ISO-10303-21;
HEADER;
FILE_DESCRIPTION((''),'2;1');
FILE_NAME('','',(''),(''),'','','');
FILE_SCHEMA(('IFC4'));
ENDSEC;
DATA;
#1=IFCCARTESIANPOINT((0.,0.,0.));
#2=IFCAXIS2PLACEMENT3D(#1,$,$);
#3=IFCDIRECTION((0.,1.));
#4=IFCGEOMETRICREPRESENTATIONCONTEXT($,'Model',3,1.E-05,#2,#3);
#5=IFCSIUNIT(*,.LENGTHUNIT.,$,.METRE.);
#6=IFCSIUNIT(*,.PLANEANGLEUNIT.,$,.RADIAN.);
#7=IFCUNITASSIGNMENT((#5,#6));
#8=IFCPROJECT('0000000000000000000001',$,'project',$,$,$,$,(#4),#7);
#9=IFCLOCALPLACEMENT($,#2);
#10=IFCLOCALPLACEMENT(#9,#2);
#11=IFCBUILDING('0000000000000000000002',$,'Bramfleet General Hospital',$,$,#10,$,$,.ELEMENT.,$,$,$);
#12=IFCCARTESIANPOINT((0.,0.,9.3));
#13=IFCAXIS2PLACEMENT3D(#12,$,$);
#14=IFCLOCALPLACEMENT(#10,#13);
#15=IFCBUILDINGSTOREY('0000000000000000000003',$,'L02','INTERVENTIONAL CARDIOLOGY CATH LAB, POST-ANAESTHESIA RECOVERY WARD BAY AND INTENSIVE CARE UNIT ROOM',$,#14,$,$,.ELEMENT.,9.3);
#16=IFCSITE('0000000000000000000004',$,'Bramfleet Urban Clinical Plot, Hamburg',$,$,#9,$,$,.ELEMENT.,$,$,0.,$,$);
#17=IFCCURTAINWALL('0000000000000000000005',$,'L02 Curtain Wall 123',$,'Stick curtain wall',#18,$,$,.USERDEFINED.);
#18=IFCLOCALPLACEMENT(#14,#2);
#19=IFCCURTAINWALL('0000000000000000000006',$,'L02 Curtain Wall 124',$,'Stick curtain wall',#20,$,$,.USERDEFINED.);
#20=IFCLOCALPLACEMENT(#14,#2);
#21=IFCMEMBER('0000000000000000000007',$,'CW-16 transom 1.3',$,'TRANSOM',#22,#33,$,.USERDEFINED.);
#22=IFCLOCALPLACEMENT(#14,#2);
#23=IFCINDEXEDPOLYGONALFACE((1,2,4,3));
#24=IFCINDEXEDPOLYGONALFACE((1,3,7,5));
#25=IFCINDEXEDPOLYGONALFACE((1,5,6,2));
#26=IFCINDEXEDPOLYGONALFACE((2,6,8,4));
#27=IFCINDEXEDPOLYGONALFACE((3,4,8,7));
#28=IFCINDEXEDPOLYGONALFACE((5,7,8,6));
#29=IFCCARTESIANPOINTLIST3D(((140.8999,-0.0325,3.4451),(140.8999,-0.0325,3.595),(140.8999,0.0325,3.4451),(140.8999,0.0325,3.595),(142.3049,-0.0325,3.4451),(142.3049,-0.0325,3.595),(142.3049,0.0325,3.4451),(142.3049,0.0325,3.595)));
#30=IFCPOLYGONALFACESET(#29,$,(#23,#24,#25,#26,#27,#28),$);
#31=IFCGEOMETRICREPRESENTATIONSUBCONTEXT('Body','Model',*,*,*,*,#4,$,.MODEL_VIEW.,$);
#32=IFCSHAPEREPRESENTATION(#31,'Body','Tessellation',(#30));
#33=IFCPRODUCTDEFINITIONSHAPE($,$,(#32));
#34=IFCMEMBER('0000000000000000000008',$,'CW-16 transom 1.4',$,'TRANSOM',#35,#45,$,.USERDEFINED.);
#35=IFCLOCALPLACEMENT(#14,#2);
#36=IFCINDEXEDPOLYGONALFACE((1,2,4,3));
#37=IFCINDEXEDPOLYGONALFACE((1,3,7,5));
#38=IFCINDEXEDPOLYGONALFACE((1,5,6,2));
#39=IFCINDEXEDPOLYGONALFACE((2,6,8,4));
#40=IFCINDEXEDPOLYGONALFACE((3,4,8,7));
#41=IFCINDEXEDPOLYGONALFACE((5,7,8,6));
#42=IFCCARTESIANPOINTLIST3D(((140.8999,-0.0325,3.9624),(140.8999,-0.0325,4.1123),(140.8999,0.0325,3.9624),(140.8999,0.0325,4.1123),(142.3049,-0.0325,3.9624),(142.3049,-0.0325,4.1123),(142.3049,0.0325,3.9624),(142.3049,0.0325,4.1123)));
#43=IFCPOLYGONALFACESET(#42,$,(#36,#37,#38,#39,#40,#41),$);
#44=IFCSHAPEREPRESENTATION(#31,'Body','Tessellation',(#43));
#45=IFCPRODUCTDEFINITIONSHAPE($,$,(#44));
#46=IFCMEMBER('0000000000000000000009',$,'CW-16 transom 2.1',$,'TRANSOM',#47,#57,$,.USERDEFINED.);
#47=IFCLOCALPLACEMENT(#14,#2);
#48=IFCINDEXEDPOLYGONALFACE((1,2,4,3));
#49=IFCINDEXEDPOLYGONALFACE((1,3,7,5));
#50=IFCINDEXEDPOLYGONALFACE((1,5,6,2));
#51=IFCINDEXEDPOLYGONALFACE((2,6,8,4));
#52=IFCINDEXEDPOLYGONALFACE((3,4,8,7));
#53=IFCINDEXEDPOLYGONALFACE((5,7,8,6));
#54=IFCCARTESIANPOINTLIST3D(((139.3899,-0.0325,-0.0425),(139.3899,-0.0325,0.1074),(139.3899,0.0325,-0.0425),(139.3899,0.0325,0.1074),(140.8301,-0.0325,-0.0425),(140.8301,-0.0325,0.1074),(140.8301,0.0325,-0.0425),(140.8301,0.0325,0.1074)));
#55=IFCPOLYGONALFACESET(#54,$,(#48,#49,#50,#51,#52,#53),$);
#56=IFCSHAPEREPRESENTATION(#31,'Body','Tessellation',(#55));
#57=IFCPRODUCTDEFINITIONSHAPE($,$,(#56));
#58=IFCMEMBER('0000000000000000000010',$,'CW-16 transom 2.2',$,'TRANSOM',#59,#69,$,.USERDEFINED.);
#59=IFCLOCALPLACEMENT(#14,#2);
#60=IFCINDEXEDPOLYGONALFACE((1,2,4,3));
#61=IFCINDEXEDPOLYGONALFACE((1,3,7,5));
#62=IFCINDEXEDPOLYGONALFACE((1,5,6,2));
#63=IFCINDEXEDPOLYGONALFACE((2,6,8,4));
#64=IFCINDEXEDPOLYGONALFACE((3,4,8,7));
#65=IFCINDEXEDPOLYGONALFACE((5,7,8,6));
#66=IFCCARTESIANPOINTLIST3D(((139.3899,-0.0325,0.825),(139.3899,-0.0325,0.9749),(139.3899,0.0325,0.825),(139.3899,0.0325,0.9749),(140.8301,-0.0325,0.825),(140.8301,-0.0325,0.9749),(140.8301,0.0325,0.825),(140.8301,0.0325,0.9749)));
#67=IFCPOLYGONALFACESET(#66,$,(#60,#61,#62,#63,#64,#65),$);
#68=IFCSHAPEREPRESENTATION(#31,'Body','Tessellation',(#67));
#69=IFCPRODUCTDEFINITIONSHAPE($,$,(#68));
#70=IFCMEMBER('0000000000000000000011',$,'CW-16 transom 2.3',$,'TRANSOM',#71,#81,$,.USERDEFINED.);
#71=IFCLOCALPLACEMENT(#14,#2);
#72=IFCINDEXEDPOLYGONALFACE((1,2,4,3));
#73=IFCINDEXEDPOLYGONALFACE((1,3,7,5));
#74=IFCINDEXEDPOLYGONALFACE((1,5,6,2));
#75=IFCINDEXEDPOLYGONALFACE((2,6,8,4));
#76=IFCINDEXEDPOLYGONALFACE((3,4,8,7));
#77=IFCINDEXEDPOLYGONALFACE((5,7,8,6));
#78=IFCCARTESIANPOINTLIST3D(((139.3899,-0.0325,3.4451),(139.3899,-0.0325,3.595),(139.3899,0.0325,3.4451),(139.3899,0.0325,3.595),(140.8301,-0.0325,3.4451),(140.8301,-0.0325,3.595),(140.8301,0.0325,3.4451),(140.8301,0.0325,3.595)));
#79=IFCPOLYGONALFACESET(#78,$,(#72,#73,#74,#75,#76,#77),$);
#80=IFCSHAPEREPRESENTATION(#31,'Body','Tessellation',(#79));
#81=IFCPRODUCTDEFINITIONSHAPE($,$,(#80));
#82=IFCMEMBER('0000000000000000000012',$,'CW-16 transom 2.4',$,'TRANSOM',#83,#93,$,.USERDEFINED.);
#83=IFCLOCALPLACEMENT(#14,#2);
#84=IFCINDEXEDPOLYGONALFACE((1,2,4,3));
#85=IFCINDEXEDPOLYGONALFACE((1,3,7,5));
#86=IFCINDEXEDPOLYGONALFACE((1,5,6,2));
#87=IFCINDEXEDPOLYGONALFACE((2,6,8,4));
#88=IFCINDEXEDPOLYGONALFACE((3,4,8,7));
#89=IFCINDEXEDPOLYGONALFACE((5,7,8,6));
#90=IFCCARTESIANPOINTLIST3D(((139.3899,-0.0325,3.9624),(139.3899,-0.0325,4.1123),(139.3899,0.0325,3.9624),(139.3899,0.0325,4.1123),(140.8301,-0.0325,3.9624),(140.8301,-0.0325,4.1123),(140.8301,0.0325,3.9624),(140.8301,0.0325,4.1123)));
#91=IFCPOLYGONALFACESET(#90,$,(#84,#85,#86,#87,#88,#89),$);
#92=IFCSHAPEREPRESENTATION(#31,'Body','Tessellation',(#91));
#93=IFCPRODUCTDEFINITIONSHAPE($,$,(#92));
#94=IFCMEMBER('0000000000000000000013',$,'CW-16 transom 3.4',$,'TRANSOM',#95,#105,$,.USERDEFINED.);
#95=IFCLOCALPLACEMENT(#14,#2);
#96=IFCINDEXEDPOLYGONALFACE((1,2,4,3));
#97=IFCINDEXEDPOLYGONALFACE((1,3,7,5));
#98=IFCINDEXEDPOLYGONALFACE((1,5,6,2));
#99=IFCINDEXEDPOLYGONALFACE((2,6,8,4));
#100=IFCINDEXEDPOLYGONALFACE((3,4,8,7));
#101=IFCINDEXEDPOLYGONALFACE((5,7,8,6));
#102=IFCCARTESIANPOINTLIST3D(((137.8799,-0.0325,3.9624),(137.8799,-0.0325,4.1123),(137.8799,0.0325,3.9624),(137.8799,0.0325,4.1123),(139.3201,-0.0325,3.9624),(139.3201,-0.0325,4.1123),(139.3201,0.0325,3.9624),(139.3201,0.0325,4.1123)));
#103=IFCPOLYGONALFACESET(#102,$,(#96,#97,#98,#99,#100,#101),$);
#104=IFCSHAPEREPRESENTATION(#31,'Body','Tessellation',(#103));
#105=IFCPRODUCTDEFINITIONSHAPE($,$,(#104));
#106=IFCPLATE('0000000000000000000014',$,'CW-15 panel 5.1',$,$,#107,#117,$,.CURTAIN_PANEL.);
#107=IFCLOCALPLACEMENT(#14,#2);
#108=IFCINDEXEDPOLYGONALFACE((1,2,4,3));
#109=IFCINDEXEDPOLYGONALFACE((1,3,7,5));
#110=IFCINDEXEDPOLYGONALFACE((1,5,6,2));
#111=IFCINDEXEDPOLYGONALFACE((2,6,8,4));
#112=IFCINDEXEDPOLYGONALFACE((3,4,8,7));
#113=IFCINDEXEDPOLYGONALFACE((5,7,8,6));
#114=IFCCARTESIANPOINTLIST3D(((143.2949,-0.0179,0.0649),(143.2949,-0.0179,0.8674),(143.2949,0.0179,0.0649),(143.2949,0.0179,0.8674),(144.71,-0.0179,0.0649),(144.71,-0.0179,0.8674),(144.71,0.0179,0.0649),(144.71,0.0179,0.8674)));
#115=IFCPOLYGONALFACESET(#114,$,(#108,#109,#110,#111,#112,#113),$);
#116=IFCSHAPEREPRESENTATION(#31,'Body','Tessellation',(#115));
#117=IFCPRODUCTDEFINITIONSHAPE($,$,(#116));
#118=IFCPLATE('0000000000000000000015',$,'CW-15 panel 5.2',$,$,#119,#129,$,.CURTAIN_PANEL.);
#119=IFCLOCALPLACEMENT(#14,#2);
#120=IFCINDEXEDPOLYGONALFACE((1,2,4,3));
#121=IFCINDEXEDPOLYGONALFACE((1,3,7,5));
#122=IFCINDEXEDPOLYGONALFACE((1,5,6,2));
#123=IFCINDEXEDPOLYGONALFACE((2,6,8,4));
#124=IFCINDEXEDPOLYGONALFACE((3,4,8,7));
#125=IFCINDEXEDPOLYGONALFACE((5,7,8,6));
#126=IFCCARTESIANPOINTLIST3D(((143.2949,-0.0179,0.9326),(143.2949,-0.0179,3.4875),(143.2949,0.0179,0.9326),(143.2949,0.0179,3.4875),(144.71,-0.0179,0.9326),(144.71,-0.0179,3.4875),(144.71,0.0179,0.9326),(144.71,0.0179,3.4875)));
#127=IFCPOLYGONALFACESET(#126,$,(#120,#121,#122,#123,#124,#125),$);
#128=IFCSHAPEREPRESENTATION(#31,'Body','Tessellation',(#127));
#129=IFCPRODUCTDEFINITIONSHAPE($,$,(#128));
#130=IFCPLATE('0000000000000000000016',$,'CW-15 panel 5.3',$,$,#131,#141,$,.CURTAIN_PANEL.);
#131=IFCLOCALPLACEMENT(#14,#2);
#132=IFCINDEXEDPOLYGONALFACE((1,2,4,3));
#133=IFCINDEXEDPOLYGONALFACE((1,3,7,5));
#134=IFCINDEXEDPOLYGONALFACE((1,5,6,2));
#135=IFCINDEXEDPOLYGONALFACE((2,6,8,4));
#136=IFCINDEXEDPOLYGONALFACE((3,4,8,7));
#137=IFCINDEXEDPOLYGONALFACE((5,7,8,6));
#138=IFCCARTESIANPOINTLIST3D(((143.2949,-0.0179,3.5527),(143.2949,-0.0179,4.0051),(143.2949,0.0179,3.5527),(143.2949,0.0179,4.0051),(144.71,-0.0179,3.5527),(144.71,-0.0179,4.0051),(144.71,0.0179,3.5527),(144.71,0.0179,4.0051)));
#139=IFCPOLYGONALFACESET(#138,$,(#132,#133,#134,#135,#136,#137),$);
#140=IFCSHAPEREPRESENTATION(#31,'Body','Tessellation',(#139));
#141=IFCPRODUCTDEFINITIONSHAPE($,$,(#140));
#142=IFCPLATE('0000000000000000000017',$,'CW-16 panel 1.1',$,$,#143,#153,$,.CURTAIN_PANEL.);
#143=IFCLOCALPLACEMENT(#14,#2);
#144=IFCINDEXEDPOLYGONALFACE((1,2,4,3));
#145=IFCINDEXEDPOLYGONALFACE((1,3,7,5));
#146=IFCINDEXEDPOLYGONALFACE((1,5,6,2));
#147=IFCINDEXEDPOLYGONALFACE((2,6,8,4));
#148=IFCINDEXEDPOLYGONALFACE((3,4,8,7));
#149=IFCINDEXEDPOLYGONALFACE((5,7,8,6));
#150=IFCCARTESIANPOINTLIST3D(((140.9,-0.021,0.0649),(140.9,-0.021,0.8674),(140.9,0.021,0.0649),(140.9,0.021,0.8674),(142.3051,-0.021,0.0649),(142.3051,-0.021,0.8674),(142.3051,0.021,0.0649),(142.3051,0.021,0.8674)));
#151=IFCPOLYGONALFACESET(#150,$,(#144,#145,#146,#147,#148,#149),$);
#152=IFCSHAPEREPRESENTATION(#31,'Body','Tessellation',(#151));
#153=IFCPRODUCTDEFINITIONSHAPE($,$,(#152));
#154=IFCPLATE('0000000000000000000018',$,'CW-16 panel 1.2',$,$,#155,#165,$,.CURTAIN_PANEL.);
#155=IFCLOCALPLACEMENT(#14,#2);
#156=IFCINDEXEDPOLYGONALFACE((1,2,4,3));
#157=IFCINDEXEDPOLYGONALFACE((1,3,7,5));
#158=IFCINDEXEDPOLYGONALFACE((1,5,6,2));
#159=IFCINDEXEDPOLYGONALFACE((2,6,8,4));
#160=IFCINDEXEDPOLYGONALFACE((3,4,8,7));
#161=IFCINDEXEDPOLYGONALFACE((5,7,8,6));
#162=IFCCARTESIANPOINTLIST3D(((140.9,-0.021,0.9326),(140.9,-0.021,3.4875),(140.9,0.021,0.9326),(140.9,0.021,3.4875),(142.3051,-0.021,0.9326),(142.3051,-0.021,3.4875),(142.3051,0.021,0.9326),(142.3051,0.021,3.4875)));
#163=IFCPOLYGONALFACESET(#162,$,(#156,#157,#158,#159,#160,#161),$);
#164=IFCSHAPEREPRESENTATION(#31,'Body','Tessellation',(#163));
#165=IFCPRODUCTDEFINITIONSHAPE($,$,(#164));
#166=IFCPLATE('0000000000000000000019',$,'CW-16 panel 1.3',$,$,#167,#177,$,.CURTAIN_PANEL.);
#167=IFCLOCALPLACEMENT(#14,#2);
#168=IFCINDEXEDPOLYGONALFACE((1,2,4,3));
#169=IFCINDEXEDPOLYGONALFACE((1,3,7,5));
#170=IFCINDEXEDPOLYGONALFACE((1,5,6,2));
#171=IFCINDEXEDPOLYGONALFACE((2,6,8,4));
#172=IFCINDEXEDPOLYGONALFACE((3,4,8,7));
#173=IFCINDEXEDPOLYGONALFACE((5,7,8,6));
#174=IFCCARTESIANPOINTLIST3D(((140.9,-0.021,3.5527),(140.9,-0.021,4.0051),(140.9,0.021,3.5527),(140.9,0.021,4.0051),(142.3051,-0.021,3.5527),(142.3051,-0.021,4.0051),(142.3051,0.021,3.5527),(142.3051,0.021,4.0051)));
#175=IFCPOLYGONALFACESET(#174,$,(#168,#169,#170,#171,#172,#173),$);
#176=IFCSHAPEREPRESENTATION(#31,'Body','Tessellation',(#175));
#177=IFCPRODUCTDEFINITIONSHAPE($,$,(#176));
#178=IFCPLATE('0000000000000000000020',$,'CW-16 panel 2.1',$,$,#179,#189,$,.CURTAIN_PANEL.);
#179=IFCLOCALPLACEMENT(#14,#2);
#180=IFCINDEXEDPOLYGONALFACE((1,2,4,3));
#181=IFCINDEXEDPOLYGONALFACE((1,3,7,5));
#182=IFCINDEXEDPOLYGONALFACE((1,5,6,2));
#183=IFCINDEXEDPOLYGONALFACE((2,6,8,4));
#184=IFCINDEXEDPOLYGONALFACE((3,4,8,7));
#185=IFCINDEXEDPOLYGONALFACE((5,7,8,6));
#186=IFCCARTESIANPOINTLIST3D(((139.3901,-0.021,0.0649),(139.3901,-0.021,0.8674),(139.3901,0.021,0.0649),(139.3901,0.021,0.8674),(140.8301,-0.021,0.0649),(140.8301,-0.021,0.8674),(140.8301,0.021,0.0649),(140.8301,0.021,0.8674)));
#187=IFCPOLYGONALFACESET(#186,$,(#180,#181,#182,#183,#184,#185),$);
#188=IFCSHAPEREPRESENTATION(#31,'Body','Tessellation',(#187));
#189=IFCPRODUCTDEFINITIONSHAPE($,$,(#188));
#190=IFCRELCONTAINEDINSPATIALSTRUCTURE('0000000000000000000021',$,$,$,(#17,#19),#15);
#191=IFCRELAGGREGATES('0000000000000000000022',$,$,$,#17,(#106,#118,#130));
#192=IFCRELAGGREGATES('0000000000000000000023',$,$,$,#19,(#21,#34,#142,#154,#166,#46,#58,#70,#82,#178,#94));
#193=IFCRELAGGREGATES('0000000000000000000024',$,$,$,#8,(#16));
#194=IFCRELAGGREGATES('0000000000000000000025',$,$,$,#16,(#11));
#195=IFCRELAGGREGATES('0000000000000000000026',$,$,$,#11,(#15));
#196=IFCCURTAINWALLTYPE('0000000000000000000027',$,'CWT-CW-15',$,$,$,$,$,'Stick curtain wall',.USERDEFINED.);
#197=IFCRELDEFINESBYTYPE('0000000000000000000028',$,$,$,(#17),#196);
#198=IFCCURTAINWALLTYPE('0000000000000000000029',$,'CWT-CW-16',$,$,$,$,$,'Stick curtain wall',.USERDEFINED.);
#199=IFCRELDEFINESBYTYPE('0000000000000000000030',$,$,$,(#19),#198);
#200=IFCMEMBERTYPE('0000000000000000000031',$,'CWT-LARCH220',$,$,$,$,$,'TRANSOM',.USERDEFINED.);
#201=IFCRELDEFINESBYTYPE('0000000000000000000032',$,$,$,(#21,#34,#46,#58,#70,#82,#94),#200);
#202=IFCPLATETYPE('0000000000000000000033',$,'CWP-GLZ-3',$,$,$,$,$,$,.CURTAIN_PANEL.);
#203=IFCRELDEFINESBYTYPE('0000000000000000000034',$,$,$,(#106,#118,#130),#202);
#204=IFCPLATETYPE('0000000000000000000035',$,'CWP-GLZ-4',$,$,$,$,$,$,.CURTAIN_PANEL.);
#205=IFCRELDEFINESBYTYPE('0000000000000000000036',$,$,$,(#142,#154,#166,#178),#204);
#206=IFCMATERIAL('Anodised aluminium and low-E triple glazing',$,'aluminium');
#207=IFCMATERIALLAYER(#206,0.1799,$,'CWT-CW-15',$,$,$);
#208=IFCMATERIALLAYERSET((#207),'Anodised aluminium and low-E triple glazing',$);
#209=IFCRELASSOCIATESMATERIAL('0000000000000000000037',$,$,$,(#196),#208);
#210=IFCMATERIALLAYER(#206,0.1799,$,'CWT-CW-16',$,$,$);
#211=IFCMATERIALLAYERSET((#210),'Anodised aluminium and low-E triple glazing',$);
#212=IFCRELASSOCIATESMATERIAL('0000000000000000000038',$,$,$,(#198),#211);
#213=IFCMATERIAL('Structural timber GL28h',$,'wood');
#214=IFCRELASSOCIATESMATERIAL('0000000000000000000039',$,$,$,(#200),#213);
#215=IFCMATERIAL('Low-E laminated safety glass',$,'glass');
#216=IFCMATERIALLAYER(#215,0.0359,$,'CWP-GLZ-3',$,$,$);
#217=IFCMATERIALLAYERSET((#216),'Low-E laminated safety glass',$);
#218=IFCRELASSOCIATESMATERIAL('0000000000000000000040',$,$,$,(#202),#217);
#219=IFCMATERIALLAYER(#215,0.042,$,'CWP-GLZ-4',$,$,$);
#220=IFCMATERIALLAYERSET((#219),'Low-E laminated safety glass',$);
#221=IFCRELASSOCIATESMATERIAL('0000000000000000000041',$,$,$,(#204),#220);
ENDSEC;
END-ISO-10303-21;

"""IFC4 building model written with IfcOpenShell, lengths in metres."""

from ifc_helpers import new_model, si_unit, direction, frame, origin, origin_2d, place, context, subcontext, project, spatial, rectangle, extrude, material, layer, layer_set, material_profile, profile_set, type_object, element, aggregate, save


model = new_model("IFC4")

# Units and contexts
model_context = context("Model", 3, precision=1e-05, world=origin(), true_north=direction((0.0, 1.0)))
body_context = subcontext(model_context, "Body", "Model", "MODEL_VIEW")
ifc_project = project(units=[si_unit("LENGTHUNIT", "METRE"), si_unit("PLANEANGLEUNIT", "RADIAN")], contexts=[model_context])

# Site, building, storey
site_placement = place(None, origin())
site = spatial("IfcSite", under=ifc_project, at=site_placement, Name="Bramfleet Urban Clinical Plot, Hamburg", CompositionType="ELEMENT", RefElevation=0.0)
building_placement = place(site_placement, origin())
building = spatial("IfcBuilding", under=site, at=building_placement, Name="Bramfleet General Hospital", CompositionType="ELEMENT")
storey_placement = place(building_placement, frame((0.0, 0.0, 9.3)))
storey = spatial("IfcBuildingStorey", under=building, at=storey_placement, Name="L02", Description="INTERVENTIONAL CARDIOLOGY CATH LAB, POST-ANAESTHESIA RECOVERY WARD BAY AND INTENSIVE CARE UNIT ROOM", CompositionType="ELEMENT", Elevation=9.3)

# Curtain walls
ifc_material_1 = material(Name="Anodised aluminium and low-E triple glazing", Category="aluminium")
ifc_layer_1 = layer(ifc_material_1, 0.1799, Name="CWT-CW-15")
ifc_layer_set_1 = layer_set([ifc_layer_1], Name="Anodised aluminium and low-E triple glazing")
curtain_wall_type_1 = type_object("IfcCurtainWallType", Name="CWT-CW-15", ElementType="Stick curtain wall", PredefinedType="USERDEFINED", material=ifc_layer_set_1)
curtain_wall_1_placement = place(storey_placement, origin())
curtain_wall_1 = element("IfcCurtainWall", 1, at=curtain_wall_1_placement, inside=storey, type_object=curtain_wall_type_1, Name="L02 Curtain Wall 123", ObjectType="Stick curtain wall", PredefinedType="USERDEFINED")
ifc_material_2 = material(Name="Structural timber GL28h", Category="wood")
ifc_layer_2 = layer(ifc_material_1, 0.1799, Name="CWT-CW-16")
ifc_layer_set_2 = layer_set([ifc_layer_2], Name="Anodised aluminium and low-E triple glazing")
curtain_wall_type_2 = type_object("IfcCurtainWallType", Name="CWT-CW-16", ElementType="Stick curtain wall", PredefinedType="USERDEFINED", material=ifc_layer_set_2)
curtain_wall_2_placement = place(storey_placement, origin())
curtain_wall_2 = element("IfcCurtainWall", 2, at=curtain_wall_2_placement, inside=storey, type_object=curtain_wall_type_2, Name="L02 Curtain Wall 124", ObjectType="Stick curtain wall", PredefinedType="USERDEFINED")

# Members
ifc_material_profile_1 = material_profile(ifc_material_2, rectangle(XDim=0.0649, YDim=0.1499, at=origin_2d()), Name="LARCH 150x65")
ifc_profile_set_1 = profile_set([ifc_material_profile_1], Name="Structural timber GL28h")
member_type_1 = type_object("IfcMemberType", Name="CWT-LARCH220", ElementType="TRANSOM", PredefinedType="USERDEFINED", material=ifc_profile_set_1)
member_1_placement = place(storey_placement, frame((142.3049, 0.0, 3.52), z_axis=(-1.0, 0.0, 0.0), x_axis=(0.0, -1.0, 0.0)))
member_1 = element("IfcMember", 3, at=member_1_placement, type_object=member_type_1, Name="CW-16 transom 1.3", ObjectType="TRANSOM", PredefinedType="USERDEFINED", context=body_context, shape_type="SweptSolid", body=[
    extrude(rectangle(XDim=0.0649, YDim=0.1499, at=origin_2d()), origin(), (0.0, 0.0, 1.0), 1.405),
])
member_2_placement = place(storey_placement, frame((142.3049, 0.0, 4.0374), z_axis=(-1.0, 0.0, 0.0), x_axis=(0.0, -1.0, 0.0)))
member_2 = element("IfcMember", 4, at=member_2_placement, type_object=member_type_1, Name="CW-16 transom 1.4", ObjectType="TRANSOM", PredefinedType="USERDEFINED", context=body_context, shape_type="SweptSolid", body=[
    extrude(rectangle(XDim=0.0649, YDim=0.1499, at=origin_2d()), origin(), (0.0, 0.0, 1.0), 1.405),
])
member_3_placement = place(storey_placement, frame((140.8301, 0.0, 0.0325), z_axis=(-1.0, 0.0, 0.0), x_axis=(0.0, -1.0, 0.0)))
member_3 = element("IfcMember", 5, at=member_3_placement, type_object=member_type_1, Name="CW-16 transom 2.1", ObjectType="TRANSOM", PredefinedType="USERDEFINED", context=body_context, shape_type="SweptSolid", body=[
    extrude(rectangle(XDim=0.0649, YDim=0.1499, at=origin_2d()), origin(), (0.0, 0.0, 1.0), 1.4402),
])
member_4_placement = place(storey_placement, frame((140.8301, 0.0, 0.8999), z_axis=(-1.0, 0.0, 0.0), x_axis=(0.0, -1.0, 0.0)))
member_4 = element("IfcMember", 6, at=member_4_placement, type_object=member_type_1, Name="CW-16 transom 2.2", ObjectType="TRANSOM", PredefinedType="USERDEFINED", context=body_context, shape_type="SweptSolid", body=[
    extrude(rectangle(XDim=0.0649, YDim=0.1499, at=origin_2d()), origin(), (0.0, 0.0, 1.0), 1.4402),
])
member_5_placement = place(storey_placement, frame((140.8301, 0.0, 3.52), z_axis=(-1.0, 0.0, 0.0), x_axis=(0.0, -1.0, 0.0)))
member_5 = element("IfcMember", 7, at=member_5_placement, type_object=member_type_1, Name="CW-16 transom 2.3", ObjectType="TRANSOM", PredefinedType="USERDEFINED", context=body_context, shape_type="SweptSolid", body=[
    extrude(rectangle(XDim=0.0649, YDim=0.1499, at=origin_2d()), origin(), (0.0, 0.0, 1.0), 1.4402),
])
member_6_placement = place(storey_placement, frame((140.8301, 0.0, 4.0374), z_axis=(-1.0, 0.0, 0.0), x_axis=(0.0, -1.0, 0.0)))
member_6 = element("IfcMember", 8, at=member_6_placement, type_object=member_type_1, Name="CW-16 transom 2.4", ObjectType="TRANSOM", PredefinedType="USERDEFINED", context=body_context, shape_type="SweptSolid", body=[
    extrude(rectangle(XDim=0.0649, YDim=0.1499, at=origin_2d()), origin(), (0.0, 0.0, 1.0), 1.4402),
])
member_7_placement = place(storey_placement, frame((139.3201, 0.0, 4.0374), z_axis=(-1.0, 0.0, 0.0), x_axis=(0.0, -1.0, 0.0)))
member_7 = element("IfcMember", 9, at=member_7_placement, type_object=member_type_1, Name="CW-16 transom 3.4", ObjectType="TRANSOM", PredefinedType="USERDEFINED", context=body_context, shape_type="SweptSolid", body=[
    extrude(rectangle(XDim=0.0649, YDim=0.1499, at=origin_2d()), origin(), (0.0, 0.0, 1.0), 1.4402),
])

# Plates
ifc_material_3 = material(Name="Low-E laminated safety glass", Category="glass")
ifc_layer_3 = layer(ifc_material_3, 0.0359, Name="CWP-GLZ-3")
ifc_layer_set_3 = layer_set([ifc_layer_3], Name="Low-E laminated safety glass")
plate_type_1 = type_object("IfcPlateType", Name="CWP-GLZ-3", PredefinedType="CURTAIN_PANEL", material=ifc_layer_set_3)
plate_1_placement = place(storey_placement, frame((144.0024, 0.0, 0.0649), z_axis=(0.0, 0.0, 1.0), x_axis=(-1.0, 0.0, 0.0)))
plate_1 = element("IfcPlate", 10, at=plate_1_placement, type_object=plate_type_1, Name="CW-15 panel 5.1", PredefinedType="CURTAIN_PANEL", context=body_context, shape_type="SweptSolid", body=[
    extrude(rectangle(XDim=1.415, YDim=0.0359, at=origin_2d()), origin(), (0.0, 0.0, 1.0), 0.8025),
])
plate_2_placement = place(storey_placement, frame((144.0024, 0.0, 0.9326), z_axis=(0.0, 0.0, 1.0), x_axis=(-1.0, 0.0, 0.0)))
plate_2 = element("IfcPlate", 11, at=plate_2_placement, type_object=plate_type_1, Name="CW-15 panel 5.2", PredefinedType="CURTAIN_PANEL", context=body_context, shape_type="SweptSolid", body=[
    extrude(rectangle(XDim=1.415, YDim=0.0359, at=origin_2d()), origin(), (0.0, 0.0, 1.0), 2.5549),
])
plate_3_placement = place(storey_placement, frame((144.0024, 0.0, 3.5527), z_axis=(0.0, 0.0, 1.0), x_axis=(-1.0, 0.0, 0.0)))
plate_3 = element("IfcPlate", 12, at=plate_3_placement, type_object=plate_type_1, Name="CW-15 panel 5.3", PredefinedType="CURTAIN_PANEL", context=body_context, shape_type="SweptSolid", body=[
    extrude(rectangle(XDim=1.415, YDim=0.0359, at=origin_2d()), origin(), (0.0, 0.0, 1.0), 0.4524),
])
aggregate(curtain_wall_1, [plate_1, plate_2, plate_3])
ifc_layer_4 = layer(ifc_material_3, 0.042, Name="CWP-GLZ-4")
ifc_layer_set_4 = layer_set([ifc_layer_4], Name="Low-E laminated safety glass")
plate_type_2 = type_object("IfcPlateType", Name="CWP-GLZ-4", PredefinedType="CURTAIN_PANEL", material=ifc_layer_set_4)
plate_4_placement = place(storey_placement, frame((141.6025, 0.0, 0.0649), z_axis=(0.0, 0.0, 1.0), x_axis=(-1.0, 0.0, 0.0)))
plate_4 = element("IfcPlate", 13, at=plate_4_placement, type_object=plate_type_2, Name="CW-16 panel 1.1", PredefinedType="CURTAIN_PANEL", context=body_context, shape_type="SweptSolid", body=[
    extrude(rectangle(XDim=1.405, YDim=0.042, at=origin_2d()), origin(), (0.0, 0.0, 1.0), 0.8025),
])
plate_5_placement = place(storey_placement, frame((141.6025, 0.0, 0.9326), z_axis=(0.0, 0.0, 1.0), x_axis=(-1.0, 0.0, 0.0)))
plate_5 = element("IfcPlate", 14, at=plate_5_placement, type_object=plate_type_2, Name="CW-16 panel 1.2", PredefinedType="CURTAIN_PANEL", context=body_context, shape_type="SweptSolid", body=[
    extrude(rectangle(XDim=1.405, YDim=0.042, at=origin_2d()), origin(), (0.0, 0.0, 1.0), 2.5549),
])
plate_6_placement = place(storey_placement, frame((141.6025, 0.0, 3.5527), z_axis=(0.0, 0.0, 1.0), x_axis=(-1.0, 0.0, 0.0)))
plate_6 = element("IfcPlate", 15, at=plate_6_placement, type_object=plate_type_2, Name="CW-16 panel 1.3", PredefinedType="CURTAIN_PANEL", context=body_context, shape_type="SweptSolid", body=[
    extrude(rectangle(XDim=1.405, YDim=0.042, at=origin_2d()), origin(), (0.0, 0.0, 1.0), 0.4524),
])
plate_7_placement = place(storey_placement, frame((140.1101, 0.0, 0.0649), z_axis=(0.0, 0.0, 1.0), x_axis=(-1.0, 0.0, 0.0)))
plate_7 = element("IfcPlate", 16, at=plate_7_placement, type_object=plate_type_2, Name="CW-16 panel 2.1", PredefinedType="CURTAIN_PANEL", context=body_context, shape_type="SweptSolid", body=[
    extrude(rectangle(XDim=1.4399, YDim=0.042, at=origin_2d()), origin(), (0.0, 0.0, 1.0), 0.8025),
])
aggregate(curtain_wall_2, [member_1, member_2, plate_4, plate_5, plate_6, member_3, member_4, member_5, member_6, plate_7, member_7])

save(model, "model.ifc")
